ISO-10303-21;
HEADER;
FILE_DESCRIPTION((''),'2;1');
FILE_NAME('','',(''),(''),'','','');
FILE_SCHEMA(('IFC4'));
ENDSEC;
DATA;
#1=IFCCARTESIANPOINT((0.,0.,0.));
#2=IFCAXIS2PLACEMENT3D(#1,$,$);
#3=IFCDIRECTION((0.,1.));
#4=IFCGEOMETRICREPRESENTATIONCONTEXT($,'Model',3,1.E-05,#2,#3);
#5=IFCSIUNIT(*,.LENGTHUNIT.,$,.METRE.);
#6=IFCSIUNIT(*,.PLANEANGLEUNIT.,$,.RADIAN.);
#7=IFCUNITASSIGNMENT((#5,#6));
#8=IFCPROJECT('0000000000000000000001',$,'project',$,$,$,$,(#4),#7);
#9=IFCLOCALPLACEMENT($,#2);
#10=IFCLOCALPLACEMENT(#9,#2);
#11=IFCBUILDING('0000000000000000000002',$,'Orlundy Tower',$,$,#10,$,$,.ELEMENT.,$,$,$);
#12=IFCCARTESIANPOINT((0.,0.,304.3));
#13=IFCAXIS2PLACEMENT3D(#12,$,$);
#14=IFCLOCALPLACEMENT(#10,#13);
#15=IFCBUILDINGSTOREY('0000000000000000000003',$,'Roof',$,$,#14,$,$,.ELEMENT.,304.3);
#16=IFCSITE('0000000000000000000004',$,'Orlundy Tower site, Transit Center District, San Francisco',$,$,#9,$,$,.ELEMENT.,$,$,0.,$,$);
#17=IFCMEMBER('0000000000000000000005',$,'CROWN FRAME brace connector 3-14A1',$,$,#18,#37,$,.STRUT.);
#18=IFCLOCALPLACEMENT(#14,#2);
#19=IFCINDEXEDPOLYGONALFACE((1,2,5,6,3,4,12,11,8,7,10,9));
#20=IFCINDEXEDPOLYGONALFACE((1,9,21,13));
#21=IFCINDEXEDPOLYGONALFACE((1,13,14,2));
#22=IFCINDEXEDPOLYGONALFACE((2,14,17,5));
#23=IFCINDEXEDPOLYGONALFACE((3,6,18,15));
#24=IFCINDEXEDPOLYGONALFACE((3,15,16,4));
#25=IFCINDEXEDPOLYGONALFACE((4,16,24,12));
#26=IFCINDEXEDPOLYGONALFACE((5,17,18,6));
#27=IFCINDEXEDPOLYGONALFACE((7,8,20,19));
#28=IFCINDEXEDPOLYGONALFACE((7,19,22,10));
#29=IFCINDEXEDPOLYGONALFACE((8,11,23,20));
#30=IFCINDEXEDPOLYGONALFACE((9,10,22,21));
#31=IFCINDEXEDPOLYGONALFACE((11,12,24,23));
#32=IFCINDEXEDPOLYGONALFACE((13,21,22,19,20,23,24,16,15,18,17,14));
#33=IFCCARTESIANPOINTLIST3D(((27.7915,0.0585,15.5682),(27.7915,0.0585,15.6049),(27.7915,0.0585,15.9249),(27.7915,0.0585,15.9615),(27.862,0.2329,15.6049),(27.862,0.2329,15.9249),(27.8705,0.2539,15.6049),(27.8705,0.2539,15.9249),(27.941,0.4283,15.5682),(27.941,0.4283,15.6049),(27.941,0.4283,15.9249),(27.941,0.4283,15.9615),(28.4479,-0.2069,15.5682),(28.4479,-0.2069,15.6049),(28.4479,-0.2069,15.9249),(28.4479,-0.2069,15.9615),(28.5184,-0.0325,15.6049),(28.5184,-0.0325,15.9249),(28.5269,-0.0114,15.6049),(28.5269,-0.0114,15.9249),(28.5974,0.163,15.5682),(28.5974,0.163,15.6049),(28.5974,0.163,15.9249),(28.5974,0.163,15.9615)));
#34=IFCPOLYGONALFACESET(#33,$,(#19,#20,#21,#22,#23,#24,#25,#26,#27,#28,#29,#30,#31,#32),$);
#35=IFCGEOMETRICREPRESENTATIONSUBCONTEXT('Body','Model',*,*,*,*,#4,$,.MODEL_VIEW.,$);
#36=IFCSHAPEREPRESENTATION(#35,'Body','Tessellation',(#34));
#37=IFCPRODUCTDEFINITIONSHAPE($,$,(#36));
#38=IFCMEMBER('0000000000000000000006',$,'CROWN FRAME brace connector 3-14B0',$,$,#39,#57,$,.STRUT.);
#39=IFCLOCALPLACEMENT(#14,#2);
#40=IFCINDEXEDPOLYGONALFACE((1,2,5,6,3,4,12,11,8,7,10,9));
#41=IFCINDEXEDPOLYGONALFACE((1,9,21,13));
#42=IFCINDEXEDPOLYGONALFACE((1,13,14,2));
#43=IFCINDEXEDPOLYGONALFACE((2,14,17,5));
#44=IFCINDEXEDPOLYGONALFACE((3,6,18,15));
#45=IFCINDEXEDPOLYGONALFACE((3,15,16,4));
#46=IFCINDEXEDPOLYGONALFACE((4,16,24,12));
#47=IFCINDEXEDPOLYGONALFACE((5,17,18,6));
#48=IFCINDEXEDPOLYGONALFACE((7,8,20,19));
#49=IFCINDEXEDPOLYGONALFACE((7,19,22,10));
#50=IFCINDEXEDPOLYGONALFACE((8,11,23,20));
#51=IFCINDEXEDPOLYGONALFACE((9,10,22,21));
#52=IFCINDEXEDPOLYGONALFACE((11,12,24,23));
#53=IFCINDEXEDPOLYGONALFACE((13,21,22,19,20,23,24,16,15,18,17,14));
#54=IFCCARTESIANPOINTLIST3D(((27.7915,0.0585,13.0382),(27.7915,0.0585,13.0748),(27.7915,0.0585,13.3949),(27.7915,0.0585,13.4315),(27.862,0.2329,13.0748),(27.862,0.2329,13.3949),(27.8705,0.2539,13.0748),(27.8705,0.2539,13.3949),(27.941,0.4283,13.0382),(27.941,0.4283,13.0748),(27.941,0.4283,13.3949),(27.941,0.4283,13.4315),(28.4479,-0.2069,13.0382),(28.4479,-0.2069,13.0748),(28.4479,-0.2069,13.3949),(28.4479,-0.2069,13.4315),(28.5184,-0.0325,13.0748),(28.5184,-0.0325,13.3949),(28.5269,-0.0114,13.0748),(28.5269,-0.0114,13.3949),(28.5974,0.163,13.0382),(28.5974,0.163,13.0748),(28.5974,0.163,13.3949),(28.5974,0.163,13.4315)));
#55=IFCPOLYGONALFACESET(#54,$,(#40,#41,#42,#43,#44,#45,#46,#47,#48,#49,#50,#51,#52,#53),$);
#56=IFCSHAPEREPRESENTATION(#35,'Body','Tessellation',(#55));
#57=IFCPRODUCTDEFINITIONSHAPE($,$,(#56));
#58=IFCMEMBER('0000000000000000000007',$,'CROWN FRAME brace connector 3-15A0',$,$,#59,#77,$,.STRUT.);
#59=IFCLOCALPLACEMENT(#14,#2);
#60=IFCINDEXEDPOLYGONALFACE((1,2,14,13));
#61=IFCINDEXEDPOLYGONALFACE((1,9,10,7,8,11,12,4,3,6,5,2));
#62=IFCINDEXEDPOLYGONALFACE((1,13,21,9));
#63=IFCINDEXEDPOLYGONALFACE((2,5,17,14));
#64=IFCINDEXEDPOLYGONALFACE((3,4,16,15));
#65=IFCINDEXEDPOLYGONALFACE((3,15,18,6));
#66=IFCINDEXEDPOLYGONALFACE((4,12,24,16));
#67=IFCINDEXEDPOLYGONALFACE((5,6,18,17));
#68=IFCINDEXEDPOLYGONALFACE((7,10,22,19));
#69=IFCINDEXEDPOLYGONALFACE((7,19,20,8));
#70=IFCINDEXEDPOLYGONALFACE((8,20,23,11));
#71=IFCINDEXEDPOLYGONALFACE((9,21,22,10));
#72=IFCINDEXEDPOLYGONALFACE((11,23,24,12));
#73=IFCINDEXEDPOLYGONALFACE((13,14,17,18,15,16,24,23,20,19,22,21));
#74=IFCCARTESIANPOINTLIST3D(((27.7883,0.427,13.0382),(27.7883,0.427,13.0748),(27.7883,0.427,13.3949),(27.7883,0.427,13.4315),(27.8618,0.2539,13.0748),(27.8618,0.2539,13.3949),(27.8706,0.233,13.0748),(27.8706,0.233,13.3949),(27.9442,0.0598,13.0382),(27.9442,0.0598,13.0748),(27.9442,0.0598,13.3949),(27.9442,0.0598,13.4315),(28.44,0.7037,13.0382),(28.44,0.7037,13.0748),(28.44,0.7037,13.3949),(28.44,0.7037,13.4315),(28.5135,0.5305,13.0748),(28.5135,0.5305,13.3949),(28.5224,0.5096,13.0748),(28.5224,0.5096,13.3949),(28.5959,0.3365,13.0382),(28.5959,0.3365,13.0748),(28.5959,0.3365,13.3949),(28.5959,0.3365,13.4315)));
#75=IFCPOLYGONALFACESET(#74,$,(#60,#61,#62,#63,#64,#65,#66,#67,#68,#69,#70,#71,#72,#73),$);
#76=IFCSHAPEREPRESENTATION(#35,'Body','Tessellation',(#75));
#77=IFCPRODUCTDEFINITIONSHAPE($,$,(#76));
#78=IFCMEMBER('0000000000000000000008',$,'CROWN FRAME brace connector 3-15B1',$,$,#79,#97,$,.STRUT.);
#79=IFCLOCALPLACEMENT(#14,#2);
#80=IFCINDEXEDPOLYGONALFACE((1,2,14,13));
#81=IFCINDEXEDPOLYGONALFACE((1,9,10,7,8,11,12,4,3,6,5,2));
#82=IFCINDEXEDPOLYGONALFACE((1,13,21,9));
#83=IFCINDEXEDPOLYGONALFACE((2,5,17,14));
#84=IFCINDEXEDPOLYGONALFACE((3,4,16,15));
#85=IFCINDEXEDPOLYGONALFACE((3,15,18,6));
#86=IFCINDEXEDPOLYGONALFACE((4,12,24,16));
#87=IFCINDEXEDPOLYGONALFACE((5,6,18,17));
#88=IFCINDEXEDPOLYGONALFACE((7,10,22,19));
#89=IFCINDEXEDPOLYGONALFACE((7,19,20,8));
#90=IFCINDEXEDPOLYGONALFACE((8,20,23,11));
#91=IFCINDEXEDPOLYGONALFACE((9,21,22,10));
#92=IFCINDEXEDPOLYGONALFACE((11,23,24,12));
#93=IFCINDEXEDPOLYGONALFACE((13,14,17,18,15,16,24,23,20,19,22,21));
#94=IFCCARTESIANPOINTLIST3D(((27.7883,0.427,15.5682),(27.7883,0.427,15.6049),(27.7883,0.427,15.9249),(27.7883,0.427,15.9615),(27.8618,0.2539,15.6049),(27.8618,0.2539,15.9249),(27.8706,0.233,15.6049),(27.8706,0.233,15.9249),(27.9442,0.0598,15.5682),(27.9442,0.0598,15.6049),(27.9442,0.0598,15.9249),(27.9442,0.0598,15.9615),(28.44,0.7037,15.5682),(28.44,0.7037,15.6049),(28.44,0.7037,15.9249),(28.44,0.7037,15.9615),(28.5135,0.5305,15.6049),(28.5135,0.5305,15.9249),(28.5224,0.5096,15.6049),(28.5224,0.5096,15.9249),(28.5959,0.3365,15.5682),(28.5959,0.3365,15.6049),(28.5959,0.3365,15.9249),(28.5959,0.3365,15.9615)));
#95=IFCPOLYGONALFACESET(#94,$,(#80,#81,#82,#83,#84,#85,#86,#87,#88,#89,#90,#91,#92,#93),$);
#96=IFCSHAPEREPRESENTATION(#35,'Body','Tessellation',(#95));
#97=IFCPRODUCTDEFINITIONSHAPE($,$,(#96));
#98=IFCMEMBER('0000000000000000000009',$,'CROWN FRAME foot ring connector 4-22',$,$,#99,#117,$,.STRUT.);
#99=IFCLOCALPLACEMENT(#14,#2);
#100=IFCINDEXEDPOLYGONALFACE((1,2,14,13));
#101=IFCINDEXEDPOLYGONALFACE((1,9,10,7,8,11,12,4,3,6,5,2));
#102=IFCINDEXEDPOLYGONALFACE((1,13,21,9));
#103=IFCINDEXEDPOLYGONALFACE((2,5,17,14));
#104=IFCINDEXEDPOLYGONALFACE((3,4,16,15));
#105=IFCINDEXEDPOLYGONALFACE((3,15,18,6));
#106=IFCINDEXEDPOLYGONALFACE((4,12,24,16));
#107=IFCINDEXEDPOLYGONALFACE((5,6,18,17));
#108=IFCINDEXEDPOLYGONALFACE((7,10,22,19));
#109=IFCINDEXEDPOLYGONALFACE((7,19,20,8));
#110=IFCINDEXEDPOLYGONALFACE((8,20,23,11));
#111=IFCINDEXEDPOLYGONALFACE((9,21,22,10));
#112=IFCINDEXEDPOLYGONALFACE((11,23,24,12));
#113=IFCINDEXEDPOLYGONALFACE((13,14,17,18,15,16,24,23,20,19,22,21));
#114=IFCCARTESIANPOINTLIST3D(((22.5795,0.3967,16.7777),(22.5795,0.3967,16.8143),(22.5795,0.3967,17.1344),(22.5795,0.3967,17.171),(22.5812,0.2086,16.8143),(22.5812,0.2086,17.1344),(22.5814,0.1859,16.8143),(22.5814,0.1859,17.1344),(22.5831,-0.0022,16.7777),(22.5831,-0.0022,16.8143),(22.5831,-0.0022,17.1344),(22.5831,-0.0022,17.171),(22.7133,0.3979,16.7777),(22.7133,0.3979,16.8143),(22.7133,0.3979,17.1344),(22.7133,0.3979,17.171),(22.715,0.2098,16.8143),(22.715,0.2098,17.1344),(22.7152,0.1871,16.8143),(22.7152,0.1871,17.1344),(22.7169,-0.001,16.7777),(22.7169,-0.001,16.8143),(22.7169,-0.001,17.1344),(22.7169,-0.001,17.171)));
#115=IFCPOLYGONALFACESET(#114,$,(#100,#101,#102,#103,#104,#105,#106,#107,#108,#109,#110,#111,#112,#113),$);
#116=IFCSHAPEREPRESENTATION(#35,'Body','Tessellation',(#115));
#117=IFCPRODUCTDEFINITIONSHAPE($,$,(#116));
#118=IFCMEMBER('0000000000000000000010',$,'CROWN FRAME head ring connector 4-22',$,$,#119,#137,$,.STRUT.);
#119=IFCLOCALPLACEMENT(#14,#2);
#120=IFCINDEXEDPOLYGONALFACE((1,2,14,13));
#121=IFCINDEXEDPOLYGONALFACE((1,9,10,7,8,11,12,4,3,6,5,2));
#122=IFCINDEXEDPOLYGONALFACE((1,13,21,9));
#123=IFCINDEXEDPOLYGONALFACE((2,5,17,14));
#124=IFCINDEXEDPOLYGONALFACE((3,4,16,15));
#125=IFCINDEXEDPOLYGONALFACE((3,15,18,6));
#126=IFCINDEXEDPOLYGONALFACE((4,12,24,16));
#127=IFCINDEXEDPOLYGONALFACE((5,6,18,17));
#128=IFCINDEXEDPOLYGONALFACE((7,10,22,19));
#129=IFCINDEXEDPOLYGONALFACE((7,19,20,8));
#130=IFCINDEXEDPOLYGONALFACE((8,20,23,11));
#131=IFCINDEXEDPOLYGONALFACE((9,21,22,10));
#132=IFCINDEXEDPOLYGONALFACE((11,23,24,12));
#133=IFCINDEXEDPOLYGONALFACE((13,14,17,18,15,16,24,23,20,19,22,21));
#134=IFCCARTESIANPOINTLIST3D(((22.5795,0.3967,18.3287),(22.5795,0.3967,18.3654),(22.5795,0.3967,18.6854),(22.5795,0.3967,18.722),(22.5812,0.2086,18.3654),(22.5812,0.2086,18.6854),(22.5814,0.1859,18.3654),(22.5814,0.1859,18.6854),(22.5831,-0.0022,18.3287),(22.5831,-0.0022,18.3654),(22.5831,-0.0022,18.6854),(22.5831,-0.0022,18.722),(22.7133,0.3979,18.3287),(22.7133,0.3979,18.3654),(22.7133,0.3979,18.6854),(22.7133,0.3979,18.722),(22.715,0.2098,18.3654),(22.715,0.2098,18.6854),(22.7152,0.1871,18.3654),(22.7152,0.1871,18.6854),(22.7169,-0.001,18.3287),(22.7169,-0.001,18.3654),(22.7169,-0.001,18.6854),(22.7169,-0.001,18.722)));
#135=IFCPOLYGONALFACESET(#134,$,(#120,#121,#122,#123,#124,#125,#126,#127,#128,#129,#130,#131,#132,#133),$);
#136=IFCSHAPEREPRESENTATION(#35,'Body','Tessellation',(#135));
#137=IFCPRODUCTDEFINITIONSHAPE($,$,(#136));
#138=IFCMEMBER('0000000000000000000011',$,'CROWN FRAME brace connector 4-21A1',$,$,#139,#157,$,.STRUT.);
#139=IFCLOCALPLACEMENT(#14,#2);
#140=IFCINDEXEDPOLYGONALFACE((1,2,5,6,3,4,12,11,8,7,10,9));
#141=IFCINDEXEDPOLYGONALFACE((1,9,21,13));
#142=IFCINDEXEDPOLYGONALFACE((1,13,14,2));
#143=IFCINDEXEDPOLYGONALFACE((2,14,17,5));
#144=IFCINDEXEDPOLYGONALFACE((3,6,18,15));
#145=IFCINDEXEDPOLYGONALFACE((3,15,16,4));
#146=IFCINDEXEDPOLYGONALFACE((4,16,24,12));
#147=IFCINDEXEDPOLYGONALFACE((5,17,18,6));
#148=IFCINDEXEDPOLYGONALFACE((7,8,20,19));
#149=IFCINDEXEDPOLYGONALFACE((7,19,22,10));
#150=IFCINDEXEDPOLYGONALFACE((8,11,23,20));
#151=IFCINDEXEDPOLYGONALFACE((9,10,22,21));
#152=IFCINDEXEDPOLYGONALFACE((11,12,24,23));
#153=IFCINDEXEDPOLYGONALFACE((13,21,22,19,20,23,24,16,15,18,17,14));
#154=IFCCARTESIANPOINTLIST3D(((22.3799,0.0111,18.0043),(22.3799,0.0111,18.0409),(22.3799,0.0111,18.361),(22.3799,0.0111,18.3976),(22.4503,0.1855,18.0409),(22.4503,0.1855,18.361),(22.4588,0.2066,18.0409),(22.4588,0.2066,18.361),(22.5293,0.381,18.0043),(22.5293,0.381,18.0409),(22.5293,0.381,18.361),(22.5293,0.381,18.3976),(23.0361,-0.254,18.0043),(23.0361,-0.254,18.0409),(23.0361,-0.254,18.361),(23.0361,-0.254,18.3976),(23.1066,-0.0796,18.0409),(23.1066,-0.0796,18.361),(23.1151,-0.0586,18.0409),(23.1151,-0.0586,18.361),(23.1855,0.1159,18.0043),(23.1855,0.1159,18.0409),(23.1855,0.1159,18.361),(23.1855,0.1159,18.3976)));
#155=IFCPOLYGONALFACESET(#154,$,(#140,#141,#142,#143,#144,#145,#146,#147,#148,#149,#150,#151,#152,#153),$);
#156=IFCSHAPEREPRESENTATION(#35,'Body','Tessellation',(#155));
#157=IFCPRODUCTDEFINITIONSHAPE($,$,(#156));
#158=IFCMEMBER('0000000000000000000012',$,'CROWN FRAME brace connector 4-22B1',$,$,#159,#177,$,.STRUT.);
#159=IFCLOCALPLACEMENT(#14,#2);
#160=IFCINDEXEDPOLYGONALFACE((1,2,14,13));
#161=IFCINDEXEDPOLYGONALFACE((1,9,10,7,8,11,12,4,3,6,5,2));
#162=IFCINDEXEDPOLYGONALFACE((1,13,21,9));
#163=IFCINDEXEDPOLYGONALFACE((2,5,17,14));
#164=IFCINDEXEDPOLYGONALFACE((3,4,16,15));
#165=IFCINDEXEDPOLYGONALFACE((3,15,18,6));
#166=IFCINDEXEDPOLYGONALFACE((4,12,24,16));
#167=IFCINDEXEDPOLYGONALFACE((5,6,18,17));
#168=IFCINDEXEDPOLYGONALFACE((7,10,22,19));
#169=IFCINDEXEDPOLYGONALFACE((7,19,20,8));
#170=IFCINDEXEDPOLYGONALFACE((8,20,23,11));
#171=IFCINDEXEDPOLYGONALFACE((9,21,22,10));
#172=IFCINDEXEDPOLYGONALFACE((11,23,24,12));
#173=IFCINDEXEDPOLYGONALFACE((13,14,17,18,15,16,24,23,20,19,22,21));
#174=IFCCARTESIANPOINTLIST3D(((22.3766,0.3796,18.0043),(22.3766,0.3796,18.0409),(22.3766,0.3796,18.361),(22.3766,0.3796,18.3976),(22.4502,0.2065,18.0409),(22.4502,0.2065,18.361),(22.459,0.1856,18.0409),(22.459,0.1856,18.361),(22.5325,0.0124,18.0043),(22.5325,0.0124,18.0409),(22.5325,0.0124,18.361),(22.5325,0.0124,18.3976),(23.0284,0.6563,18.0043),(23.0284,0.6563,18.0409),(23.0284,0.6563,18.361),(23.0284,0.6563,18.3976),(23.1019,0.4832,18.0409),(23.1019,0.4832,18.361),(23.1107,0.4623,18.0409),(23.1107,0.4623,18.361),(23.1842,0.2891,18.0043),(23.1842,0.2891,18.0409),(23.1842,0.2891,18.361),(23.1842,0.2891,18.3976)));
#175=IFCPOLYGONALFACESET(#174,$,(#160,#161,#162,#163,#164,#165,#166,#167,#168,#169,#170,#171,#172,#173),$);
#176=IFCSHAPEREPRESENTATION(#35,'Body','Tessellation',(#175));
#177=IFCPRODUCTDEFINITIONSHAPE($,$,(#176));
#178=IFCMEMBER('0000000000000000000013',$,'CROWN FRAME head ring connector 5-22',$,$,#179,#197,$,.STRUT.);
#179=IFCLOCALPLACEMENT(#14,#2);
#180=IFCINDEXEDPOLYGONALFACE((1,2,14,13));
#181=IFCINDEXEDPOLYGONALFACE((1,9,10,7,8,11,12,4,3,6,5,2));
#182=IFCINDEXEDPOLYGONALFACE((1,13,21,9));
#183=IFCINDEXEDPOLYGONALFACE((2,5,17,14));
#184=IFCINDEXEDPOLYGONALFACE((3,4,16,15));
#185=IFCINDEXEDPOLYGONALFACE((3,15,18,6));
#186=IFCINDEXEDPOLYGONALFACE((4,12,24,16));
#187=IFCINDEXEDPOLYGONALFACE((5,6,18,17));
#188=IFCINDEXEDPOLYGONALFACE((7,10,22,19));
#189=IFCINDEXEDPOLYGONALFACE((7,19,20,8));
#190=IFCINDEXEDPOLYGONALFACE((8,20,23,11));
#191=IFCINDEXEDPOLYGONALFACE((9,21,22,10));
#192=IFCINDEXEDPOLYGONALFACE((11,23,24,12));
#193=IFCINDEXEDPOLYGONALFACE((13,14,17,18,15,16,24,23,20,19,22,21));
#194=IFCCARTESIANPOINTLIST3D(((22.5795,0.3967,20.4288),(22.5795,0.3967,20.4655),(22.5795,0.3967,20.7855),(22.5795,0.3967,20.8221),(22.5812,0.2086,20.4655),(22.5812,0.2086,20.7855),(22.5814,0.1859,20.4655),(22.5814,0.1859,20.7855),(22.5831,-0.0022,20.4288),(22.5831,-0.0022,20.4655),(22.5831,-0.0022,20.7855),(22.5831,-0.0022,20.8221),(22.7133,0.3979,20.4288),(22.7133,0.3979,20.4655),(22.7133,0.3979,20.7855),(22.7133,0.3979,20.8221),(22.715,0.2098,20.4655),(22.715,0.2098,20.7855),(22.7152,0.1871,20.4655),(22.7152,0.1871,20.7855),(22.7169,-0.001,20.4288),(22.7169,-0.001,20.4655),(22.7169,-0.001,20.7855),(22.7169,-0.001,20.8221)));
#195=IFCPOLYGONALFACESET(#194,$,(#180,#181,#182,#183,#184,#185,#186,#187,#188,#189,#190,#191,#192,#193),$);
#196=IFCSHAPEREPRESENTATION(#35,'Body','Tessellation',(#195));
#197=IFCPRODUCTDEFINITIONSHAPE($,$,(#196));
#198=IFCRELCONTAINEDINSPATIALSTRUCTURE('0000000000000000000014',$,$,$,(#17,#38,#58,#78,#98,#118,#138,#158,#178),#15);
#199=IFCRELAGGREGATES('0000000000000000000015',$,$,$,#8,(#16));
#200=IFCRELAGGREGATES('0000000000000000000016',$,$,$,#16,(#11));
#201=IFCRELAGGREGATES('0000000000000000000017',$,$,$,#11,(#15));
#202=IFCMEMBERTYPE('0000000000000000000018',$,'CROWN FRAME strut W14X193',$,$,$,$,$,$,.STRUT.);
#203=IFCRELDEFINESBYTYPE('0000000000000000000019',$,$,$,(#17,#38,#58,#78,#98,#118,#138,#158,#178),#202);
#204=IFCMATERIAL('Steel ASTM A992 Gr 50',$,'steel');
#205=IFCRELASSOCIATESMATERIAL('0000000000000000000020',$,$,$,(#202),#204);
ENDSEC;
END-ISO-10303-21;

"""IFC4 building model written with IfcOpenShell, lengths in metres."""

from ifc_helpers import new_model, si_unit, direction, frame, origin, origin_2d, place, context, subcontext, project, spatial, i_section, extrude, material, material_profile, profile_set, type_object, element, save


model = new_model("IFC4")

# Units and contexts
model_context = context("Model", 3, precision=1e-05, world=origin(), true_north=direction((0.0, 1.0)))
body_context = subcontext(model_context, "Body", "Model", "MODEL_VIEW")
ifc_project = project(units=[si_unit("LENGTHUNIT", "METRE"), si_unit("PLANEANGLEUNIT", "RADIAN")], contexts=[model_context])

# Site, building, storey
site_placement = place(None, origin())
site = spatial("IfcSite", under=ifc_project, at=site_placement, Name="Orlundy Tower site, Transit Center District, San Francisco", CompositionType="ELEMENT", RefElevation=0.0)
building_placement = place(site_placement, origin())
building = spatial("IfcBuilding", under=site, at=building_placement, Name="Orlundy Tower", CompositionType="ELEMENT")
storey_placement = place(building_placement, frame((0.0, 0.0, 304.3)))
storey = spatial("IfcBuildingStorey", under=building, at=storey_placement, Name="Roof", CompositionType="ELEMENT", Elevation=304.3)

# Members
ifc_material_1 = material(Name="Steel ASTM A992 Gr 50", Category="steel")
ifc_material_profile_1 = material_profile(ifc_material_1, i_section(OverallWidth=0.3989, OverallDepth=0.3933, WebThickness=0.0227, FlangeThickness=0.0366, at=origin_2d()), Name="W14X193")
ifc_profile_set_1 = profile_set([ifc_material_profile_1], Name="Steel ASTM A992 Gr 50")
member_type = type_object("IfcMemberType", Name="CROWN FRAME strut W14X193", PredefinedType="STRUT", material=ifc_profile_set_1)
for number, where, z_axis, x_axis, name in (
    (1, (27.8662, 0.2434, 15.7649), (0.927115, -0.374777, 0.0), (0.374777, 0.927115, 0.0), "CROWN FRAME brace connector 3-14A1"),
    (2, (27.8662, 0.2434, 13.2349), (0.927115, -0.374777, 0.0), (0.374777, 0.927115, 0.0), "CROWN FRAME brace connector 3-14B0"),
    (3, (27.8662, 0.2434, 13.2349), (0.920495, 0.390754, 0.0), (-0.390754, 0.920495, 0.0), "CROWN FRAME brace connector 3-15A0"),
    (4, (27.8662, 0.2434, 15.7649), (0.920495, 0.390754, 0.0), (-0.390754, 0.920495, 0.0), "CROWN FRAME brace connector 3-15B1"),
):
    element("IfcMember", number, at=place(storey_placement, frame(where, z_axis=z_axis, x_axis=x_axis)), inside=storey, type_object=member_type, Name=name, PredefinedType="STRUT", context=body_context, shape_type="SweptSolid", body=[
        extrude(i_section(OverallWidth=0.3989, OverallDepth=0.3933, WebThickness=0.0227, FlangeThickness=0.0366, at=origin_2d()), origin(), (0.0, 0.0, 1.0), 0.708),
    ])
for number, where, z_axis, x_axis, name in (
    (5, (22.5813, 0.1973, 16.9744), (0.999958, 0.009124, 0.0), (-0.009124, 0.999958, 0.0), "CROWN FRAME foot ring connector 4-22"),
    (6, (22.5813, 0.1973, 18.5254), (0.999958, 0.009124, 0.0), (-0.009124, 0.999958, 0.0), "CROWN FRAME head ring connector 4-22"),
):
    element("IfcMember", number, at=place(storey_placement, frame(where, z_axis=z_axis, x_axis=x_axis)), inside=storey, type_object=member_type, Name=name, PredefinedType="STRUT", context=body_context, shape_type="SweptSolid", body=[
        extrude(i_section(OverallWidth=0.3989, OverallDepth=0.3933, WebThickness=0.0227, FlangeThickness=0.0366, at=origin_2d()), origin(), (0.0, 0.0, 1.0), 0.1338),
    ])
member_1_placement = place(storey_placement, frame((22.4546, 0.196, 18.2009), z_axis=(0.927187, -0.3746, 0.0), x_axis=(0.3746, 0.927187, 0.0)))
element("IfcMember", 7, at=member_1_placement, inside=storey, type_object=member_type, Name="CROWN FRAME brace connector 4-21A1", PredefinedType="STRUT", context=body_context, shape_type="SweptSolid", body=[
    extrude(i_section(OverallWidth=0.3989, OverallDepth=0.3933, WebThickness=0.0227, FlangeThickness=0.0366, at=origin_2d()), origin(), (0.0, 0.0, 1.0), 0.7078),
])
member_2_placement = place(storey_placement, frame((22.4546, 0.196, 18.2009), z_axis=(0.920495, 0.390754, 0.0), x_axis=(-0.390754, 0.920495, 0.0)))
element("IfcMember", 8, at=member_2_placement, inside=storey, type_object=member_type, Name="CROWN FRAME brace connector 4-22B1", PredefinedType="STRUT", context=body_context, shape_type="SweptSolid", body=[
    extrude(i_section(OverallWidth=0.3989, OverallDepth=0.3933, WebThickness=0.0227, FlangeThickness=0.0366, at=origin_2d()), origin(), (0.0, 0.0, 1.0), 0.708),
])
member_3_placement = place(storey_placement, frame((22.5813, 0.1973, 20.6255), z_axis=(0.999958, 0.009124, 0.0), x_axis=(-0.009124, 0.999958, 0.0)))
element("IfcMember", 9, at=member_3_placement, inside=storey, type_object=member_type, Name="CROWN FRAME head ring connector 5-22", PredefinedType="STRUT", context=body_context, shape_type="SweptSolid", body=[
    extrude(i_section(OverallWidth=0.3989, OverallDepth=0.3933, WebThickness=0.0227, FlangeThickness=0.0366, at=origin_2d()), origin(), (0.0, 0.0, 1.0), 0.1338),
])

save(model, "model.ifc")
